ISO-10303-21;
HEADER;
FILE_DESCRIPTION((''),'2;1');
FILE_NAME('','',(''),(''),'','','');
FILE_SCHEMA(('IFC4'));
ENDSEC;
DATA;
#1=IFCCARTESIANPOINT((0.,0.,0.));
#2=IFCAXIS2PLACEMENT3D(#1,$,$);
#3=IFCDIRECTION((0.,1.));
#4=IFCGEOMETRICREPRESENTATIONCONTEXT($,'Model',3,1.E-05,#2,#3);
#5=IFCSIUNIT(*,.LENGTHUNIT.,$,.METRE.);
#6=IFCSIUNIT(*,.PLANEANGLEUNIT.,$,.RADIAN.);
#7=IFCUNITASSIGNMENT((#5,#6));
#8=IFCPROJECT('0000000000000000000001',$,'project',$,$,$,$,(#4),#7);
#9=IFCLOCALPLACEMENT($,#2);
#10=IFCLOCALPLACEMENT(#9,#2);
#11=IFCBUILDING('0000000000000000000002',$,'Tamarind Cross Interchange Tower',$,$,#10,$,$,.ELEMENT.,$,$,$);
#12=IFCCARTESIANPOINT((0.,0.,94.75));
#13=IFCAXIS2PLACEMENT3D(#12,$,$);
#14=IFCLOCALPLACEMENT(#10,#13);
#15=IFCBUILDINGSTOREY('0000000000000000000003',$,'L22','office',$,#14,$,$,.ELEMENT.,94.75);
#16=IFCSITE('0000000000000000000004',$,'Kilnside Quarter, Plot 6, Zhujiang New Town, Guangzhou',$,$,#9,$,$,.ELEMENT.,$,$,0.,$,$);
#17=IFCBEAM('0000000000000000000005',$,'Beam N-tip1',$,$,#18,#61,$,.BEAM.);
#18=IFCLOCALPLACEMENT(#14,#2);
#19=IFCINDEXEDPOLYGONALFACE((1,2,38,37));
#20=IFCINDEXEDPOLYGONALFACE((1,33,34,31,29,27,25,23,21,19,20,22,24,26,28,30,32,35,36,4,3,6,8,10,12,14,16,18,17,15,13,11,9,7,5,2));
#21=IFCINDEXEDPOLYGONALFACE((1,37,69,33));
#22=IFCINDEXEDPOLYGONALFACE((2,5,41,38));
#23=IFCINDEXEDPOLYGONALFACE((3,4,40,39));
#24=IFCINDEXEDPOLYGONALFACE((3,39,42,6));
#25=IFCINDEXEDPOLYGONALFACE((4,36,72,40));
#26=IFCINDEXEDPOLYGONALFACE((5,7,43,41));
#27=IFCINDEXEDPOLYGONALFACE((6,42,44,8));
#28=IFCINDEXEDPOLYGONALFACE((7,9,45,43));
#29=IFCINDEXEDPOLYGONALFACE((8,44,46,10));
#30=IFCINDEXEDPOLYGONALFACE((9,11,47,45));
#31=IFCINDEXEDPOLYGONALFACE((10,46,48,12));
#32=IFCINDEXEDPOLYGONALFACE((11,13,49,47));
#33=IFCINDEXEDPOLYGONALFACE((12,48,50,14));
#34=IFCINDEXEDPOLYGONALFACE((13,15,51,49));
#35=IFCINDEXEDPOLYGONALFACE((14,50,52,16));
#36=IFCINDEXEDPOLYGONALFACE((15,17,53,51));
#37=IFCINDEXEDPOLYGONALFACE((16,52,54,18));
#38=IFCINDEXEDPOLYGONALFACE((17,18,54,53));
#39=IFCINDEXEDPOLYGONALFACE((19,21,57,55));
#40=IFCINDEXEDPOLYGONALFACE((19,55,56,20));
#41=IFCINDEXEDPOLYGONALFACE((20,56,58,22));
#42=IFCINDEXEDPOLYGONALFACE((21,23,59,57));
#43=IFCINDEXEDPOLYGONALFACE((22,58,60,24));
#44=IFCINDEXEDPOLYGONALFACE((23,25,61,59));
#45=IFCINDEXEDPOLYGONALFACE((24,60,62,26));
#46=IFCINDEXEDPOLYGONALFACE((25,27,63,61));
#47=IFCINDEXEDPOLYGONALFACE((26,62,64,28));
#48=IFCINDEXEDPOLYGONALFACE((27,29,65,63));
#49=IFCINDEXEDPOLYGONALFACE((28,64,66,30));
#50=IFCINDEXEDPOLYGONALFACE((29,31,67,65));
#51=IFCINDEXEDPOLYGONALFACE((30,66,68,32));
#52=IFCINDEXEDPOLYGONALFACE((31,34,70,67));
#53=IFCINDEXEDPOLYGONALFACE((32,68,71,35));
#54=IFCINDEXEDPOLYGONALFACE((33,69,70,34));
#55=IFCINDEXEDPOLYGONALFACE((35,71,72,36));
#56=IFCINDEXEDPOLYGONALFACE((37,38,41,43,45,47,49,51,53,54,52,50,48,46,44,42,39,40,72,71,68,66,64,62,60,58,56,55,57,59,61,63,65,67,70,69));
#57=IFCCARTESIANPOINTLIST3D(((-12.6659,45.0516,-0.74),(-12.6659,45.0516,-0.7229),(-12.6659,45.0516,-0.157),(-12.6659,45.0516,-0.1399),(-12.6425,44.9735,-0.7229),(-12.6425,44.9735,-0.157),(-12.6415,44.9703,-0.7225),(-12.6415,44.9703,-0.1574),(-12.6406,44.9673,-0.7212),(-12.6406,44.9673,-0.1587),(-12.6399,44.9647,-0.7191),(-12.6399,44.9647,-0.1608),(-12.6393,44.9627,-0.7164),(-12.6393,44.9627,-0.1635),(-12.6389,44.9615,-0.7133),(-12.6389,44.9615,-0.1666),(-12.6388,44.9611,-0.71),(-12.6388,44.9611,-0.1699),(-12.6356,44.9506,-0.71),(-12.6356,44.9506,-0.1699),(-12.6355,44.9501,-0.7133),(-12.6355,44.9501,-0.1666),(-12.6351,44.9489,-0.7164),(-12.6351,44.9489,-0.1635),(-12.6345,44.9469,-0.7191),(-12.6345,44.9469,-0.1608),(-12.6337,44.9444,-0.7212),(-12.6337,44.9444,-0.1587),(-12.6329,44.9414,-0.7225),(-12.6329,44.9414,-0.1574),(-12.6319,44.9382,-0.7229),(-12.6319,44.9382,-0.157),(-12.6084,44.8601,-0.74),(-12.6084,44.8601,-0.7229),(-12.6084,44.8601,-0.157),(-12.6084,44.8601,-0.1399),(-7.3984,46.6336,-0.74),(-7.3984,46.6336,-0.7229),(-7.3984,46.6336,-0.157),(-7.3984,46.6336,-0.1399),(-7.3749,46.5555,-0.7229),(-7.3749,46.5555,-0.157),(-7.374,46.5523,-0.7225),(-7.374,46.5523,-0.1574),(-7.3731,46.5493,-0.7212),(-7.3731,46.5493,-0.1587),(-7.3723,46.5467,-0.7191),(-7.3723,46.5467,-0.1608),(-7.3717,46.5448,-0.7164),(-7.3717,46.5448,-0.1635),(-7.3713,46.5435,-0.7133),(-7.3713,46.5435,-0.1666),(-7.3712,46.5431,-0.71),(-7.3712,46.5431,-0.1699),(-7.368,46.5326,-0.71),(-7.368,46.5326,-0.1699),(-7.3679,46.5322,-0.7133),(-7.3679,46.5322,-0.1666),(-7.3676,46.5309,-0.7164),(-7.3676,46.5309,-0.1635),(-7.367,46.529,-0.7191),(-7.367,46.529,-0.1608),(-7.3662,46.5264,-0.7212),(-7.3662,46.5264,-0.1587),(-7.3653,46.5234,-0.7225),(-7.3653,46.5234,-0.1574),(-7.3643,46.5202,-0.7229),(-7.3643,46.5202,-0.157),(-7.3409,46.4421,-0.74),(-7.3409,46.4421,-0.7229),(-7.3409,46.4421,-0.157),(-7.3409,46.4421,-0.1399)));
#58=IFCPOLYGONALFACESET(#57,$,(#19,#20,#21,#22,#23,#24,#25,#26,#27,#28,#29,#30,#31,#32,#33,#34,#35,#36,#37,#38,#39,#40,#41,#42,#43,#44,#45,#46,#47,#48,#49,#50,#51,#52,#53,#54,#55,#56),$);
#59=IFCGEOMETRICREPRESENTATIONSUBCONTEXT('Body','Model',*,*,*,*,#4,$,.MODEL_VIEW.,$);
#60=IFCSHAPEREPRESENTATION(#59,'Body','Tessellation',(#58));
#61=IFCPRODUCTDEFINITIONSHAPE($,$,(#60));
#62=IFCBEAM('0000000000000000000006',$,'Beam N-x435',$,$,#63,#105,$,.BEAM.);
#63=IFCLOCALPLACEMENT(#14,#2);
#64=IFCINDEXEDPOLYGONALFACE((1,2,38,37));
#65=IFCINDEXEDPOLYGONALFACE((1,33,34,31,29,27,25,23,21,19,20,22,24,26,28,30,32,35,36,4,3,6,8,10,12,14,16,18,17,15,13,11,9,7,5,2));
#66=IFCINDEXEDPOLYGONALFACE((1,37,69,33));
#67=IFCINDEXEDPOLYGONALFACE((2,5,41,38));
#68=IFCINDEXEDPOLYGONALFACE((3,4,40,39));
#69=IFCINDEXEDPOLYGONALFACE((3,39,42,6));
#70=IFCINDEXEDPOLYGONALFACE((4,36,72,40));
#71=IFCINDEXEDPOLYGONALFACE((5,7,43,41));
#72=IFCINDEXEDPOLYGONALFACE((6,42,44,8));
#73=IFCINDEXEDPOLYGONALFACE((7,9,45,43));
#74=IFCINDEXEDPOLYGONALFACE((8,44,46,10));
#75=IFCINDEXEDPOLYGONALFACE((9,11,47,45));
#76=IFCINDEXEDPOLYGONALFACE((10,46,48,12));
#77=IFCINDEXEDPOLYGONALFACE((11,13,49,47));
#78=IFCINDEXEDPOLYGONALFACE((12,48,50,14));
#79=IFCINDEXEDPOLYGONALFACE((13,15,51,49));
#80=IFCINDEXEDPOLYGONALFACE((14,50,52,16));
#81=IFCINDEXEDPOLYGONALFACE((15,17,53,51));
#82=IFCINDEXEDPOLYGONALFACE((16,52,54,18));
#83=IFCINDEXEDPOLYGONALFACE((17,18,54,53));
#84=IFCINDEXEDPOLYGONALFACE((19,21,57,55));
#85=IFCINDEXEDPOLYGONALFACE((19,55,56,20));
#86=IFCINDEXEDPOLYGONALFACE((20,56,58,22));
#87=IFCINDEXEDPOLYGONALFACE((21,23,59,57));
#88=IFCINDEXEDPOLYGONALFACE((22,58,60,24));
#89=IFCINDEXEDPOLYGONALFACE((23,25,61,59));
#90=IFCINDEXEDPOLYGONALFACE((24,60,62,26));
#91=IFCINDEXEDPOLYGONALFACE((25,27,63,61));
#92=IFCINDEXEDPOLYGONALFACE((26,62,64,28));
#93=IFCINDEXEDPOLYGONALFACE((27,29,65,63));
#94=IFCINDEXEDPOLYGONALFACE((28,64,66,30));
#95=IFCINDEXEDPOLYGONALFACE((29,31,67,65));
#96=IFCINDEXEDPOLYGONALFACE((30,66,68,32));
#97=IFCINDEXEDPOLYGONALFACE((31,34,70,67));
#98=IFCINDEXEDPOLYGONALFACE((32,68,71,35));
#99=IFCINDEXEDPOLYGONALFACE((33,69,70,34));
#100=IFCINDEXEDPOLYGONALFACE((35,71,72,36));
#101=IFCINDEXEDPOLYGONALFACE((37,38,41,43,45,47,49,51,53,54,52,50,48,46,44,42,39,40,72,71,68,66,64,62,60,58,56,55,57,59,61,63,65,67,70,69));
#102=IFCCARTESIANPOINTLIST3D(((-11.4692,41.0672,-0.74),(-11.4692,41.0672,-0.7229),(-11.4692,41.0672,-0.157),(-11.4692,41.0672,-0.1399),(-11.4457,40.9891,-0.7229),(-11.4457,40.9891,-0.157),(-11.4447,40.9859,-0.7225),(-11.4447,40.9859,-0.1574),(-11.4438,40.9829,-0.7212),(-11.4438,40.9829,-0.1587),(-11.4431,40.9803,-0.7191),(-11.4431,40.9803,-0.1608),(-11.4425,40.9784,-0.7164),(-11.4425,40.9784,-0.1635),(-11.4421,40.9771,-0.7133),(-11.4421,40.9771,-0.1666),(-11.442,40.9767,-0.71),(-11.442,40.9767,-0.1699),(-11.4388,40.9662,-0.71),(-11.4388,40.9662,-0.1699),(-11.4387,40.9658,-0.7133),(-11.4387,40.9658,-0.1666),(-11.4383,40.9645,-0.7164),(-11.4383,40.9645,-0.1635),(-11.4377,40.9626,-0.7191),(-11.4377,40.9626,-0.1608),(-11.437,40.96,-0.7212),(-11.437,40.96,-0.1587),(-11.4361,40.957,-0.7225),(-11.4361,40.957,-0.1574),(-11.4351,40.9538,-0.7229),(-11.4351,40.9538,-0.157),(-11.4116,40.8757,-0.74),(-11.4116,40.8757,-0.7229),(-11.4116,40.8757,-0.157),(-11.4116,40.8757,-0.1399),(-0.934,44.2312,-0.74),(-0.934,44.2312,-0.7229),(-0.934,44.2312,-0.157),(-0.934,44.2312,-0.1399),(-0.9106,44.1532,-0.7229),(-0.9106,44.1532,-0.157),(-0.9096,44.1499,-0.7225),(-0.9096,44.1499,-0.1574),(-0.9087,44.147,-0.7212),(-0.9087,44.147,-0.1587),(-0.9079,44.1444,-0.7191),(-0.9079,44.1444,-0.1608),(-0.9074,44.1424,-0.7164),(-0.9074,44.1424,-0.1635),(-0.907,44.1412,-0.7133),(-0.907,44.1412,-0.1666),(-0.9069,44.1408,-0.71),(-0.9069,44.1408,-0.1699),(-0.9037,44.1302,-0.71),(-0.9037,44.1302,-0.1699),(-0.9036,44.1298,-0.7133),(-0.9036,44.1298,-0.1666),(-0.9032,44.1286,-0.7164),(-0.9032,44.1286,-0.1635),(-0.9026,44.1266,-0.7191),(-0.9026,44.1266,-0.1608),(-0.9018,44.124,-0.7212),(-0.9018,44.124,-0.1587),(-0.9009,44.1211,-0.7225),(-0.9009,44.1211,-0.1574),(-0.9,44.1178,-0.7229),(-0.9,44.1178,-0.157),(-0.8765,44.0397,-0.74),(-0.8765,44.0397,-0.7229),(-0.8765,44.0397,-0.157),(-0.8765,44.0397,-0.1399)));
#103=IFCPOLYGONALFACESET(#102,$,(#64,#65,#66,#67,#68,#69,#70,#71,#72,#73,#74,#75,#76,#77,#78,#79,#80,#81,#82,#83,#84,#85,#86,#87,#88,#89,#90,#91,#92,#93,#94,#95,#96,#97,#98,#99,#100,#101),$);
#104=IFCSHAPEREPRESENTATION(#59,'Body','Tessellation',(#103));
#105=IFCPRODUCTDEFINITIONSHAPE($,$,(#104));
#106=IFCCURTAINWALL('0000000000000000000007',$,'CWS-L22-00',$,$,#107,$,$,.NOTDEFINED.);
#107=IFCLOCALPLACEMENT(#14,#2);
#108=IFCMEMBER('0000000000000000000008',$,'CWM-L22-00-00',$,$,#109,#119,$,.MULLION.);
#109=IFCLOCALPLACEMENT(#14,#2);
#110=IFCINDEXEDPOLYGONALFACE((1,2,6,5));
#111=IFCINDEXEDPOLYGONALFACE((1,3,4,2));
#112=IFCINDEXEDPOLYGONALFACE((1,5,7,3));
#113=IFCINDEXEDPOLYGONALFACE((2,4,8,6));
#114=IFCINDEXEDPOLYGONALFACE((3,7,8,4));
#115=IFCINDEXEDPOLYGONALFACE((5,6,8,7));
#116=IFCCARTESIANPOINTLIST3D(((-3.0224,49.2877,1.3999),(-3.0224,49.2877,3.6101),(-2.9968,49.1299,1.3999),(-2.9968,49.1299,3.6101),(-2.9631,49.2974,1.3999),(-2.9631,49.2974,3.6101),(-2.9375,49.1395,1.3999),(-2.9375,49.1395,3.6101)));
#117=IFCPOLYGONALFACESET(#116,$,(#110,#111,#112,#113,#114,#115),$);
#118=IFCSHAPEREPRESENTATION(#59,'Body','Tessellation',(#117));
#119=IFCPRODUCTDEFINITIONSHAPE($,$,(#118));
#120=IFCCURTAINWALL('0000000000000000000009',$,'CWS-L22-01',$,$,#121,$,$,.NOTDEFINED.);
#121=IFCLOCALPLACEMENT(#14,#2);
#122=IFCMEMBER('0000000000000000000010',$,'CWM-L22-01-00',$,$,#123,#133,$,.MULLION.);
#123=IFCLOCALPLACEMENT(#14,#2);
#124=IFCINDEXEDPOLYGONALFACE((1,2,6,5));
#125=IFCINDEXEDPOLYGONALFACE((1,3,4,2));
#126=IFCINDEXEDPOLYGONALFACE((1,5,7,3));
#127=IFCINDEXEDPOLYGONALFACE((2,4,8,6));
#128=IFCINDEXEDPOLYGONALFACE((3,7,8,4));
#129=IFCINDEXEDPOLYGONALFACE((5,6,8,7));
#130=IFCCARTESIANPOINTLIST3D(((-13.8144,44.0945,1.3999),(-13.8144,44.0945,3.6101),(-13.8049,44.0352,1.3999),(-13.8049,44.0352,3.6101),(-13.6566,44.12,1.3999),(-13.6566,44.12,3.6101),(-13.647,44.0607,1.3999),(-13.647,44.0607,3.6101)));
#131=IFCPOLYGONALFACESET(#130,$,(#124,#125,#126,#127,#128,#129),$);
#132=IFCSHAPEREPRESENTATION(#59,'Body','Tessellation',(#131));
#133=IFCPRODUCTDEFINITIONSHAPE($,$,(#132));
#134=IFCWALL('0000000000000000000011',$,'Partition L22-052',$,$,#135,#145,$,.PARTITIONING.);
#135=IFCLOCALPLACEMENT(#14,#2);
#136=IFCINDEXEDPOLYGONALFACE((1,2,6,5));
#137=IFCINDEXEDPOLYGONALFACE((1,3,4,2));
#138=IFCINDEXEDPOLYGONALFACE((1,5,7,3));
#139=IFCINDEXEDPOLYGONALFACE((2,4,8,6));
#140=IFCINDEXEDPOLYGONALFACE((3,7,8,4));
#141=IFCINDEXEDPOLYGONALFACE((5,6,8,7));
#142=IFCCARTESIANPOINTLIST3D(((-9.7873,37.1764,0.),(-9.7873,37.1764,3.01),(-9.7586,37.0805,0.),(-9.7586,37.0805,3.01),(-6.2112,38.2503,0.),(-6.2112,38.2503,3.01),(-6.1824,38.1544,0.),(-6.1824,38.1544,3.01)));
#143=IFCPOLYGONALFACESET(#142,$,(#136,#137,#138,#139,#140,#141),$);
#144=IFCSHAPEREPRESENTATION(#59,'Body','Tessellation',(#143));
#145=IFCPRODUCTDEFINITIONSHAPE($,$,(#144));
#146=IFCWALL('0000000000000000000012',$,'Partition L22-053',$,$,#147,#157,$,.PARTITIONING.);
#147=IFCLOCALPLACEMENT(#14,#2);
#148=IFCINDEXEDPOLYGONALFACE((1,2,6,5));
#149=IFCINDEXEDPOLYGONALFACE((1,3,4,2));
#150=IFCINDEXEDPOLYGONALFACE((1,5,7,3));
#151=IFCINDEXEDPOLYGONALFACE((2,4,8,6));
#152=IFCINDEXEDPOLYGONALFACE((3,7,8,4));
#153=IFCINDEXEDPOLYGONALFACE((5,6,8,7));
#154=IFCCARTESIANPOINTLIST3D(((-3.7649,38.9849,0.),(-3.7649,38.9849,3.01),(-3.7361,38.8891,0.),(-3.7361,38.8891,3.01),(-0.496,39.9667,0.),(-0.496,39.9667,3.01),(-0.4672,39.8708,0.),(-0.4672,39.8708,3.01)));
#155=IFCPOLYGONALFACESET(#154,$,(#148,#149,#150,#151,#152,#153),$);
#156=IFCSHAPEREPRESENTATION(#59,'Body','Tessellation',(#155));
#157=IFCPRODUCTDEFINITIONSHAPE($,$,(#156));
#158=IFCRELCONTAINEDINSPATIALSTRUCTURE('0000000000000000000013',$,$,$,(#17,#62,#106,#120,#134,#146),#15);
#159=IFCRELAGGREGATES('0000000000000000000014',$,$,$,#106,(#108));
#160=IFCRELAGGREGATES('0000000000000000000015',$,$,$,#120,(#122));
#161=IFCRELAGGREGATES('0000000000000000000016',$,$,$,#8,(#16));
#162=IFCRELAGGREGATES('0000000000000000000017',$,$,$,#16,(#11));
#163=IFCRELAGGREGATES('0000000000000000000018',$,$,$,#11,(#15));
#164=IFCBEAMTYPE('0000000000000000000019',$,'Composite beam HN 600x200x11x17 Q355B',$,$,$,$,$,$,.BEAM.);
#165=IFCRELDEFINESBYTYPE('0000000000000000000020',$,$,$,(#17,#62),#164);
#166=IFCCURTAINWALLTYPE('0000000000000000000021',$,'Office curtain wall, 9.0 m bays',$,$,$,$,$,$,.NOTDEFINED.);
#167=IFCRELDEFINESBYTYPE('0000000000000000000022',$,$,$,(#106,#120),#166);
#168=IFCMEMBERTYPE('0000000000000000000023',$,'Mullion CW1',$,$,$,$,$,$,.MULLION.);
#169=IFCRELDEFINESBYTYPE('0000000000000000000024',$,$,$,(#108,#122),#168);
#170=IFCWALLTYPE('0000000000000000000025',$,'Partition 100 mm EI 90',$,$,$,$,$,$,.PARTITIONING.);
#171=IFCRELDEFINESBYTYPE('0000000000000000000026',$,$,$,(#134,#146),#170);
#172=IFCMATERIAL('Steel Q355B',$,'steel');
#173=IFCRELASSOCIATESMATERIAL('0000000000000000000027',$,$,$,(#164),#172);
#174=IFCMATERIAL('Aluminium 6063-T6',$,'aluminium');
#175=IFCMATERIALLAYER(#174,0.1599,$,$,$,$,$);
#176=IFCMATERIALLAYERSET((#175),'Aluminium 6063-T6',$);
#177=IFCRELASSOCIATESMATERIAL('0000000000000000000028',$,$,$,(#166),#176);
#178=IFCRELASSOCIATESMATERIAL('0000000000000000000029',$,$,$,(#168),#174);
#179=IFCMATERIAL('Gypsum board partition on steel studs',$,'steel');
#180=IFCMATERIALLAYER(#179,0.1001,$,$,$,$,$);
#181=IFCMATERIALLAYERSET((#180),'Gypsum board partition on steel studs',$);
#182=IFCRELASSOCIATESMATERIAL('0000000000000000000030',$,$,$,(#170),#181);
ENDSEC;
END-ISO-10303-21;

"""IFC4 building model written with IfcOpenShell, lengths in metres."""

from ifc_helpers import new_model, si_unit, direction, frame, frame_2d, origin, origin_2d, place, context, subcontext, project, spatial, rectangle, i_section, extrude, material, layer, layer_set, material_profile, profile_set, type_object, element, aggregate, save


model = new_model("IFC4")

# Units and contexts
model_context = context("Model", 3, precision=1e-05, world=origin(), true_north=direction((0.0, 1.0)))
body_context = subcontext(model_context, "Body", "Model", "MODEL_VIEW")
ifc_project = project(units=[si_unit("LENGTHUNIT", "METRE"), si_unit("PLANEANGLEUNIT", "RADIAN")], contexts=[model_context])

# Site, building, storey
site_placement = place(None, origin())
site = spatial("IfcSite", under=ifc_project, at=site_placement, Name="Kilnside Quarter, Plot 6, Zhujiang New Town, Guangzhou", CompositionType="ELEMENT", RefElevation=0.0)
building_placement = place(site_placement, origin())
building = spatial("IfcBuilding", under=site, at=building_placement, Name="Tamarind Cross Interchange Tower", CompositionType="ELEMENT")
storey_placement = place(building_placement, frame((0.0, 0.0, 94.75)))
storey = spatial("IfcBuildingStorey", under=building, at=storey_placement, Name="L22", Description="office", CompositionType="ELEMENT", Elevation=94.75)

# Beams
ifc_material_1 = material(Name="Steel Q355B", Category="steel")
ifc_material_profile_1 = material_profile(ifc_material_1, i_section(OverallWidth=0.2, OverallDepth=0.6001, WebThickness=0.011, FlangeThickness=0.0171, FilletRadius=0.0129, at=origin_2d()), Name="HN 600x200x11x17")
ifc_profile_set_1 = profile_set([ifc_material_profile_1], Name="Steel Q355B")
beam_type_1 = type_object("IfcBeamType", Name="Composite beam HN 600x200x11x17 Q355B", PredefinedType="BEAM", material=ifc_profile_set_1)
for number, where, z_axis, x_axis, name in (
    (1, (-7.3696, 46.5378, -0.4399), (-0.957738, -0.287641, 0.0), (0.287641, -0.957738, 0.0), "Beam N-tip1"),
):
    element("IfcBeam", number, at=place(storey_placement, frame(where, z_axis=z_axis, x_axis=x_axis)), inside=storey, type_object=beam_type_1, Name=name, PredefinedType="BEAM", context=body_context, shape_type="SweptSolid", body=[
        extrude(i_section(OverallWidth=0.2, OverallDepth=0.6001, WebThickness=0.011, FlangeThickness=0.0171, FilletRadius=0.0129, at=origin_2d()), origin(), (0.0, 0.0, 1.0), 5.5),
    ])
beam_1_placement = place(storey_placement, frame((-0.9053, 44.1355, -0.4399), z_axis=(-0.957738, -0.287641, 0.0), x_axis=(0.287641, -0.957738, 0.0)))
element("IfcBeam", 2, at=beam_1_placement, inside=storey, type_object=beam_type_1, Name="Beam N-x435", PredefinedType="BEAM", context=body_context, shape_type="SweptSolid", body=[
    extrude(i_section(OverallWidth=0.2, OverallDepth=0.6001, WebThickness=0.011, FlangeThickness=0.0171, FilletRadius=0.0129, at=origin_2d()), origin(), (0.0, 0.0, 1.0), 11.0),
])

# Curtain walls, members
ifc_material_2 = material(Name="Aluminium 6063-T6", Category="aluminium")
ifc_layer_1 = layer(ifc_material_2, 0.1599)
ifc_layer_set_1 = layer_set([ifc_layer_1], Name="Aluminium 6063-T6")
curtain_wall_type = type_object("IfcCurtainWallType", Name="Office curtain wall, 9.0 m bays", PredefinedType="NOTDEFINED", material=ifc_layer_set_1)
curtain_wall_1_placement = place(storey_placement, origin())
curtain_wall_1 = element("IfcCurtainWall", 3, at=curtain_wall_1_placement, inside=storey, type_object=curtain_wall_type, Name="CWS-L22-00", PredefinedType="NOTDEFINED")
ifc_material_profile_2 = material_profile(ifc_material_2, rectangle(XDim=0.0601, YDim=0.1599, at=origin_2d()), Name="Mullion CW1")
ifc_profile_set_2 = profile_set([ifc_material_profile_2], Name="Aluminium 6063-T6")
member_type = type_object("IfcMemberType", Name="Mullion CW1", PredefinedType="MULLION", material=ifc_profile_set_2)
member_1_placement = place(storey_placement, frame((-2.98, 49.2136, 1.3999), z_axis=(0.0, 0.0, 1.0), x_axis=(-0.987089, -0.160171, 0.0)))
member_1 = element("IfcMember", 4, at=member_1_placement, type_object=member_type, Name="CWM-L22-00-00", PredefinedType="MULLION", context=body_context, shape_type="SweptSolid", body=[
    extrude(rectangle(XDim=0.0601, YDim=0.1599, at=origin_2d()), origin(), (0.0, 0.0, 1.0), 2.2102),
])
aggregate(curtain_wall_1, [member_1])
curtain_wall_2_placement = place(storey_placement, origin())
curtain_wall_2 = element("IfcCurtainWall", 5, at=curtain_wall_2_placement, inside=storey, type_object=curtain_wall_type, Name="CWS-L22-01", PredefinedType="NOTDEFINED")
member_2_placement = place(storey_placement, frame((-13.7307, 44.0776, 1.3999), z_axis=(0.0, 0.0, 1.0), x_axis=(0.159482, -0.987201, 0.0)))
member_2 = element("IfcMember", 6, at=member_2_placement, type_object=member_type, Name="CWM-L22-01-00", PredefinedType="MULLION", context=body_context, shape_type="SweptSolid", body=[
    extrude(rectangle(XDim=0.0601, YDim=0.1599, at=origin_2d()), origin(), (0.0, 0.0, 1.0), 2.2102),
])
aggregate(curtain_wall_2, [member_2])

# Walls
ifc_material_3 = material(Name="Gypsum board partition on steel studs", Category="steel")
ifc_layer_2 = layer(ifc_material_3, 0.1001)
ifc_layer_set_2 = layer_set([ifc_layer_2], Name="Gypsum board partition on steel studs")
wall_type_1 = type_object("IfcWallType", Name="Partition 100 mm EI 90", PredefinedType="PARTITIONING", material=ifc_layer_set_2)
wall_1_placement = place(storey_placement, frame((-9.7729, 37.1284, 0.0), z_axis=(0.0, 0.0, 1.0), x_axis=(0.957743, 0.287624, 0.0)))
element("IfcWall", 7, at=wall_1_placement, inside=storey, type_object=wall_type_1, Name="Partition L22-052", PredefinedType="PARTITIONING", context=body_context, shape_type="SweptSolid", body=[
    extrude(rectangle(XDim=3.7339, YDim=0.1001, at=frame_2d((1.8669, 0.0))), origin(), (0.0, 0.0, 1.0), 3.01),
])
wall_2_placement = place(storey_placement, frame((-3.7505, 38.937, 0.0), z_axis=(0.0, 0.0, 1.0), x_axis=(0.957742, 0.28763, 0.0)))
element("IfcWall", 8, at=wall_2_placement, inside=storey, type_object=wall_type_1, Name="Partition L22-053", PredefinedType="PARTITIONING", context=body_context, shape_type="SweptSolid", body=[
    extrude(rectangle(XDim=3.4131, YDim=0.1001, at=frame_2d((1.7065, 0.0))), origin(), (0.0, 0.0, 1.0), 3.01),
])

save(model, "model.ifc")
